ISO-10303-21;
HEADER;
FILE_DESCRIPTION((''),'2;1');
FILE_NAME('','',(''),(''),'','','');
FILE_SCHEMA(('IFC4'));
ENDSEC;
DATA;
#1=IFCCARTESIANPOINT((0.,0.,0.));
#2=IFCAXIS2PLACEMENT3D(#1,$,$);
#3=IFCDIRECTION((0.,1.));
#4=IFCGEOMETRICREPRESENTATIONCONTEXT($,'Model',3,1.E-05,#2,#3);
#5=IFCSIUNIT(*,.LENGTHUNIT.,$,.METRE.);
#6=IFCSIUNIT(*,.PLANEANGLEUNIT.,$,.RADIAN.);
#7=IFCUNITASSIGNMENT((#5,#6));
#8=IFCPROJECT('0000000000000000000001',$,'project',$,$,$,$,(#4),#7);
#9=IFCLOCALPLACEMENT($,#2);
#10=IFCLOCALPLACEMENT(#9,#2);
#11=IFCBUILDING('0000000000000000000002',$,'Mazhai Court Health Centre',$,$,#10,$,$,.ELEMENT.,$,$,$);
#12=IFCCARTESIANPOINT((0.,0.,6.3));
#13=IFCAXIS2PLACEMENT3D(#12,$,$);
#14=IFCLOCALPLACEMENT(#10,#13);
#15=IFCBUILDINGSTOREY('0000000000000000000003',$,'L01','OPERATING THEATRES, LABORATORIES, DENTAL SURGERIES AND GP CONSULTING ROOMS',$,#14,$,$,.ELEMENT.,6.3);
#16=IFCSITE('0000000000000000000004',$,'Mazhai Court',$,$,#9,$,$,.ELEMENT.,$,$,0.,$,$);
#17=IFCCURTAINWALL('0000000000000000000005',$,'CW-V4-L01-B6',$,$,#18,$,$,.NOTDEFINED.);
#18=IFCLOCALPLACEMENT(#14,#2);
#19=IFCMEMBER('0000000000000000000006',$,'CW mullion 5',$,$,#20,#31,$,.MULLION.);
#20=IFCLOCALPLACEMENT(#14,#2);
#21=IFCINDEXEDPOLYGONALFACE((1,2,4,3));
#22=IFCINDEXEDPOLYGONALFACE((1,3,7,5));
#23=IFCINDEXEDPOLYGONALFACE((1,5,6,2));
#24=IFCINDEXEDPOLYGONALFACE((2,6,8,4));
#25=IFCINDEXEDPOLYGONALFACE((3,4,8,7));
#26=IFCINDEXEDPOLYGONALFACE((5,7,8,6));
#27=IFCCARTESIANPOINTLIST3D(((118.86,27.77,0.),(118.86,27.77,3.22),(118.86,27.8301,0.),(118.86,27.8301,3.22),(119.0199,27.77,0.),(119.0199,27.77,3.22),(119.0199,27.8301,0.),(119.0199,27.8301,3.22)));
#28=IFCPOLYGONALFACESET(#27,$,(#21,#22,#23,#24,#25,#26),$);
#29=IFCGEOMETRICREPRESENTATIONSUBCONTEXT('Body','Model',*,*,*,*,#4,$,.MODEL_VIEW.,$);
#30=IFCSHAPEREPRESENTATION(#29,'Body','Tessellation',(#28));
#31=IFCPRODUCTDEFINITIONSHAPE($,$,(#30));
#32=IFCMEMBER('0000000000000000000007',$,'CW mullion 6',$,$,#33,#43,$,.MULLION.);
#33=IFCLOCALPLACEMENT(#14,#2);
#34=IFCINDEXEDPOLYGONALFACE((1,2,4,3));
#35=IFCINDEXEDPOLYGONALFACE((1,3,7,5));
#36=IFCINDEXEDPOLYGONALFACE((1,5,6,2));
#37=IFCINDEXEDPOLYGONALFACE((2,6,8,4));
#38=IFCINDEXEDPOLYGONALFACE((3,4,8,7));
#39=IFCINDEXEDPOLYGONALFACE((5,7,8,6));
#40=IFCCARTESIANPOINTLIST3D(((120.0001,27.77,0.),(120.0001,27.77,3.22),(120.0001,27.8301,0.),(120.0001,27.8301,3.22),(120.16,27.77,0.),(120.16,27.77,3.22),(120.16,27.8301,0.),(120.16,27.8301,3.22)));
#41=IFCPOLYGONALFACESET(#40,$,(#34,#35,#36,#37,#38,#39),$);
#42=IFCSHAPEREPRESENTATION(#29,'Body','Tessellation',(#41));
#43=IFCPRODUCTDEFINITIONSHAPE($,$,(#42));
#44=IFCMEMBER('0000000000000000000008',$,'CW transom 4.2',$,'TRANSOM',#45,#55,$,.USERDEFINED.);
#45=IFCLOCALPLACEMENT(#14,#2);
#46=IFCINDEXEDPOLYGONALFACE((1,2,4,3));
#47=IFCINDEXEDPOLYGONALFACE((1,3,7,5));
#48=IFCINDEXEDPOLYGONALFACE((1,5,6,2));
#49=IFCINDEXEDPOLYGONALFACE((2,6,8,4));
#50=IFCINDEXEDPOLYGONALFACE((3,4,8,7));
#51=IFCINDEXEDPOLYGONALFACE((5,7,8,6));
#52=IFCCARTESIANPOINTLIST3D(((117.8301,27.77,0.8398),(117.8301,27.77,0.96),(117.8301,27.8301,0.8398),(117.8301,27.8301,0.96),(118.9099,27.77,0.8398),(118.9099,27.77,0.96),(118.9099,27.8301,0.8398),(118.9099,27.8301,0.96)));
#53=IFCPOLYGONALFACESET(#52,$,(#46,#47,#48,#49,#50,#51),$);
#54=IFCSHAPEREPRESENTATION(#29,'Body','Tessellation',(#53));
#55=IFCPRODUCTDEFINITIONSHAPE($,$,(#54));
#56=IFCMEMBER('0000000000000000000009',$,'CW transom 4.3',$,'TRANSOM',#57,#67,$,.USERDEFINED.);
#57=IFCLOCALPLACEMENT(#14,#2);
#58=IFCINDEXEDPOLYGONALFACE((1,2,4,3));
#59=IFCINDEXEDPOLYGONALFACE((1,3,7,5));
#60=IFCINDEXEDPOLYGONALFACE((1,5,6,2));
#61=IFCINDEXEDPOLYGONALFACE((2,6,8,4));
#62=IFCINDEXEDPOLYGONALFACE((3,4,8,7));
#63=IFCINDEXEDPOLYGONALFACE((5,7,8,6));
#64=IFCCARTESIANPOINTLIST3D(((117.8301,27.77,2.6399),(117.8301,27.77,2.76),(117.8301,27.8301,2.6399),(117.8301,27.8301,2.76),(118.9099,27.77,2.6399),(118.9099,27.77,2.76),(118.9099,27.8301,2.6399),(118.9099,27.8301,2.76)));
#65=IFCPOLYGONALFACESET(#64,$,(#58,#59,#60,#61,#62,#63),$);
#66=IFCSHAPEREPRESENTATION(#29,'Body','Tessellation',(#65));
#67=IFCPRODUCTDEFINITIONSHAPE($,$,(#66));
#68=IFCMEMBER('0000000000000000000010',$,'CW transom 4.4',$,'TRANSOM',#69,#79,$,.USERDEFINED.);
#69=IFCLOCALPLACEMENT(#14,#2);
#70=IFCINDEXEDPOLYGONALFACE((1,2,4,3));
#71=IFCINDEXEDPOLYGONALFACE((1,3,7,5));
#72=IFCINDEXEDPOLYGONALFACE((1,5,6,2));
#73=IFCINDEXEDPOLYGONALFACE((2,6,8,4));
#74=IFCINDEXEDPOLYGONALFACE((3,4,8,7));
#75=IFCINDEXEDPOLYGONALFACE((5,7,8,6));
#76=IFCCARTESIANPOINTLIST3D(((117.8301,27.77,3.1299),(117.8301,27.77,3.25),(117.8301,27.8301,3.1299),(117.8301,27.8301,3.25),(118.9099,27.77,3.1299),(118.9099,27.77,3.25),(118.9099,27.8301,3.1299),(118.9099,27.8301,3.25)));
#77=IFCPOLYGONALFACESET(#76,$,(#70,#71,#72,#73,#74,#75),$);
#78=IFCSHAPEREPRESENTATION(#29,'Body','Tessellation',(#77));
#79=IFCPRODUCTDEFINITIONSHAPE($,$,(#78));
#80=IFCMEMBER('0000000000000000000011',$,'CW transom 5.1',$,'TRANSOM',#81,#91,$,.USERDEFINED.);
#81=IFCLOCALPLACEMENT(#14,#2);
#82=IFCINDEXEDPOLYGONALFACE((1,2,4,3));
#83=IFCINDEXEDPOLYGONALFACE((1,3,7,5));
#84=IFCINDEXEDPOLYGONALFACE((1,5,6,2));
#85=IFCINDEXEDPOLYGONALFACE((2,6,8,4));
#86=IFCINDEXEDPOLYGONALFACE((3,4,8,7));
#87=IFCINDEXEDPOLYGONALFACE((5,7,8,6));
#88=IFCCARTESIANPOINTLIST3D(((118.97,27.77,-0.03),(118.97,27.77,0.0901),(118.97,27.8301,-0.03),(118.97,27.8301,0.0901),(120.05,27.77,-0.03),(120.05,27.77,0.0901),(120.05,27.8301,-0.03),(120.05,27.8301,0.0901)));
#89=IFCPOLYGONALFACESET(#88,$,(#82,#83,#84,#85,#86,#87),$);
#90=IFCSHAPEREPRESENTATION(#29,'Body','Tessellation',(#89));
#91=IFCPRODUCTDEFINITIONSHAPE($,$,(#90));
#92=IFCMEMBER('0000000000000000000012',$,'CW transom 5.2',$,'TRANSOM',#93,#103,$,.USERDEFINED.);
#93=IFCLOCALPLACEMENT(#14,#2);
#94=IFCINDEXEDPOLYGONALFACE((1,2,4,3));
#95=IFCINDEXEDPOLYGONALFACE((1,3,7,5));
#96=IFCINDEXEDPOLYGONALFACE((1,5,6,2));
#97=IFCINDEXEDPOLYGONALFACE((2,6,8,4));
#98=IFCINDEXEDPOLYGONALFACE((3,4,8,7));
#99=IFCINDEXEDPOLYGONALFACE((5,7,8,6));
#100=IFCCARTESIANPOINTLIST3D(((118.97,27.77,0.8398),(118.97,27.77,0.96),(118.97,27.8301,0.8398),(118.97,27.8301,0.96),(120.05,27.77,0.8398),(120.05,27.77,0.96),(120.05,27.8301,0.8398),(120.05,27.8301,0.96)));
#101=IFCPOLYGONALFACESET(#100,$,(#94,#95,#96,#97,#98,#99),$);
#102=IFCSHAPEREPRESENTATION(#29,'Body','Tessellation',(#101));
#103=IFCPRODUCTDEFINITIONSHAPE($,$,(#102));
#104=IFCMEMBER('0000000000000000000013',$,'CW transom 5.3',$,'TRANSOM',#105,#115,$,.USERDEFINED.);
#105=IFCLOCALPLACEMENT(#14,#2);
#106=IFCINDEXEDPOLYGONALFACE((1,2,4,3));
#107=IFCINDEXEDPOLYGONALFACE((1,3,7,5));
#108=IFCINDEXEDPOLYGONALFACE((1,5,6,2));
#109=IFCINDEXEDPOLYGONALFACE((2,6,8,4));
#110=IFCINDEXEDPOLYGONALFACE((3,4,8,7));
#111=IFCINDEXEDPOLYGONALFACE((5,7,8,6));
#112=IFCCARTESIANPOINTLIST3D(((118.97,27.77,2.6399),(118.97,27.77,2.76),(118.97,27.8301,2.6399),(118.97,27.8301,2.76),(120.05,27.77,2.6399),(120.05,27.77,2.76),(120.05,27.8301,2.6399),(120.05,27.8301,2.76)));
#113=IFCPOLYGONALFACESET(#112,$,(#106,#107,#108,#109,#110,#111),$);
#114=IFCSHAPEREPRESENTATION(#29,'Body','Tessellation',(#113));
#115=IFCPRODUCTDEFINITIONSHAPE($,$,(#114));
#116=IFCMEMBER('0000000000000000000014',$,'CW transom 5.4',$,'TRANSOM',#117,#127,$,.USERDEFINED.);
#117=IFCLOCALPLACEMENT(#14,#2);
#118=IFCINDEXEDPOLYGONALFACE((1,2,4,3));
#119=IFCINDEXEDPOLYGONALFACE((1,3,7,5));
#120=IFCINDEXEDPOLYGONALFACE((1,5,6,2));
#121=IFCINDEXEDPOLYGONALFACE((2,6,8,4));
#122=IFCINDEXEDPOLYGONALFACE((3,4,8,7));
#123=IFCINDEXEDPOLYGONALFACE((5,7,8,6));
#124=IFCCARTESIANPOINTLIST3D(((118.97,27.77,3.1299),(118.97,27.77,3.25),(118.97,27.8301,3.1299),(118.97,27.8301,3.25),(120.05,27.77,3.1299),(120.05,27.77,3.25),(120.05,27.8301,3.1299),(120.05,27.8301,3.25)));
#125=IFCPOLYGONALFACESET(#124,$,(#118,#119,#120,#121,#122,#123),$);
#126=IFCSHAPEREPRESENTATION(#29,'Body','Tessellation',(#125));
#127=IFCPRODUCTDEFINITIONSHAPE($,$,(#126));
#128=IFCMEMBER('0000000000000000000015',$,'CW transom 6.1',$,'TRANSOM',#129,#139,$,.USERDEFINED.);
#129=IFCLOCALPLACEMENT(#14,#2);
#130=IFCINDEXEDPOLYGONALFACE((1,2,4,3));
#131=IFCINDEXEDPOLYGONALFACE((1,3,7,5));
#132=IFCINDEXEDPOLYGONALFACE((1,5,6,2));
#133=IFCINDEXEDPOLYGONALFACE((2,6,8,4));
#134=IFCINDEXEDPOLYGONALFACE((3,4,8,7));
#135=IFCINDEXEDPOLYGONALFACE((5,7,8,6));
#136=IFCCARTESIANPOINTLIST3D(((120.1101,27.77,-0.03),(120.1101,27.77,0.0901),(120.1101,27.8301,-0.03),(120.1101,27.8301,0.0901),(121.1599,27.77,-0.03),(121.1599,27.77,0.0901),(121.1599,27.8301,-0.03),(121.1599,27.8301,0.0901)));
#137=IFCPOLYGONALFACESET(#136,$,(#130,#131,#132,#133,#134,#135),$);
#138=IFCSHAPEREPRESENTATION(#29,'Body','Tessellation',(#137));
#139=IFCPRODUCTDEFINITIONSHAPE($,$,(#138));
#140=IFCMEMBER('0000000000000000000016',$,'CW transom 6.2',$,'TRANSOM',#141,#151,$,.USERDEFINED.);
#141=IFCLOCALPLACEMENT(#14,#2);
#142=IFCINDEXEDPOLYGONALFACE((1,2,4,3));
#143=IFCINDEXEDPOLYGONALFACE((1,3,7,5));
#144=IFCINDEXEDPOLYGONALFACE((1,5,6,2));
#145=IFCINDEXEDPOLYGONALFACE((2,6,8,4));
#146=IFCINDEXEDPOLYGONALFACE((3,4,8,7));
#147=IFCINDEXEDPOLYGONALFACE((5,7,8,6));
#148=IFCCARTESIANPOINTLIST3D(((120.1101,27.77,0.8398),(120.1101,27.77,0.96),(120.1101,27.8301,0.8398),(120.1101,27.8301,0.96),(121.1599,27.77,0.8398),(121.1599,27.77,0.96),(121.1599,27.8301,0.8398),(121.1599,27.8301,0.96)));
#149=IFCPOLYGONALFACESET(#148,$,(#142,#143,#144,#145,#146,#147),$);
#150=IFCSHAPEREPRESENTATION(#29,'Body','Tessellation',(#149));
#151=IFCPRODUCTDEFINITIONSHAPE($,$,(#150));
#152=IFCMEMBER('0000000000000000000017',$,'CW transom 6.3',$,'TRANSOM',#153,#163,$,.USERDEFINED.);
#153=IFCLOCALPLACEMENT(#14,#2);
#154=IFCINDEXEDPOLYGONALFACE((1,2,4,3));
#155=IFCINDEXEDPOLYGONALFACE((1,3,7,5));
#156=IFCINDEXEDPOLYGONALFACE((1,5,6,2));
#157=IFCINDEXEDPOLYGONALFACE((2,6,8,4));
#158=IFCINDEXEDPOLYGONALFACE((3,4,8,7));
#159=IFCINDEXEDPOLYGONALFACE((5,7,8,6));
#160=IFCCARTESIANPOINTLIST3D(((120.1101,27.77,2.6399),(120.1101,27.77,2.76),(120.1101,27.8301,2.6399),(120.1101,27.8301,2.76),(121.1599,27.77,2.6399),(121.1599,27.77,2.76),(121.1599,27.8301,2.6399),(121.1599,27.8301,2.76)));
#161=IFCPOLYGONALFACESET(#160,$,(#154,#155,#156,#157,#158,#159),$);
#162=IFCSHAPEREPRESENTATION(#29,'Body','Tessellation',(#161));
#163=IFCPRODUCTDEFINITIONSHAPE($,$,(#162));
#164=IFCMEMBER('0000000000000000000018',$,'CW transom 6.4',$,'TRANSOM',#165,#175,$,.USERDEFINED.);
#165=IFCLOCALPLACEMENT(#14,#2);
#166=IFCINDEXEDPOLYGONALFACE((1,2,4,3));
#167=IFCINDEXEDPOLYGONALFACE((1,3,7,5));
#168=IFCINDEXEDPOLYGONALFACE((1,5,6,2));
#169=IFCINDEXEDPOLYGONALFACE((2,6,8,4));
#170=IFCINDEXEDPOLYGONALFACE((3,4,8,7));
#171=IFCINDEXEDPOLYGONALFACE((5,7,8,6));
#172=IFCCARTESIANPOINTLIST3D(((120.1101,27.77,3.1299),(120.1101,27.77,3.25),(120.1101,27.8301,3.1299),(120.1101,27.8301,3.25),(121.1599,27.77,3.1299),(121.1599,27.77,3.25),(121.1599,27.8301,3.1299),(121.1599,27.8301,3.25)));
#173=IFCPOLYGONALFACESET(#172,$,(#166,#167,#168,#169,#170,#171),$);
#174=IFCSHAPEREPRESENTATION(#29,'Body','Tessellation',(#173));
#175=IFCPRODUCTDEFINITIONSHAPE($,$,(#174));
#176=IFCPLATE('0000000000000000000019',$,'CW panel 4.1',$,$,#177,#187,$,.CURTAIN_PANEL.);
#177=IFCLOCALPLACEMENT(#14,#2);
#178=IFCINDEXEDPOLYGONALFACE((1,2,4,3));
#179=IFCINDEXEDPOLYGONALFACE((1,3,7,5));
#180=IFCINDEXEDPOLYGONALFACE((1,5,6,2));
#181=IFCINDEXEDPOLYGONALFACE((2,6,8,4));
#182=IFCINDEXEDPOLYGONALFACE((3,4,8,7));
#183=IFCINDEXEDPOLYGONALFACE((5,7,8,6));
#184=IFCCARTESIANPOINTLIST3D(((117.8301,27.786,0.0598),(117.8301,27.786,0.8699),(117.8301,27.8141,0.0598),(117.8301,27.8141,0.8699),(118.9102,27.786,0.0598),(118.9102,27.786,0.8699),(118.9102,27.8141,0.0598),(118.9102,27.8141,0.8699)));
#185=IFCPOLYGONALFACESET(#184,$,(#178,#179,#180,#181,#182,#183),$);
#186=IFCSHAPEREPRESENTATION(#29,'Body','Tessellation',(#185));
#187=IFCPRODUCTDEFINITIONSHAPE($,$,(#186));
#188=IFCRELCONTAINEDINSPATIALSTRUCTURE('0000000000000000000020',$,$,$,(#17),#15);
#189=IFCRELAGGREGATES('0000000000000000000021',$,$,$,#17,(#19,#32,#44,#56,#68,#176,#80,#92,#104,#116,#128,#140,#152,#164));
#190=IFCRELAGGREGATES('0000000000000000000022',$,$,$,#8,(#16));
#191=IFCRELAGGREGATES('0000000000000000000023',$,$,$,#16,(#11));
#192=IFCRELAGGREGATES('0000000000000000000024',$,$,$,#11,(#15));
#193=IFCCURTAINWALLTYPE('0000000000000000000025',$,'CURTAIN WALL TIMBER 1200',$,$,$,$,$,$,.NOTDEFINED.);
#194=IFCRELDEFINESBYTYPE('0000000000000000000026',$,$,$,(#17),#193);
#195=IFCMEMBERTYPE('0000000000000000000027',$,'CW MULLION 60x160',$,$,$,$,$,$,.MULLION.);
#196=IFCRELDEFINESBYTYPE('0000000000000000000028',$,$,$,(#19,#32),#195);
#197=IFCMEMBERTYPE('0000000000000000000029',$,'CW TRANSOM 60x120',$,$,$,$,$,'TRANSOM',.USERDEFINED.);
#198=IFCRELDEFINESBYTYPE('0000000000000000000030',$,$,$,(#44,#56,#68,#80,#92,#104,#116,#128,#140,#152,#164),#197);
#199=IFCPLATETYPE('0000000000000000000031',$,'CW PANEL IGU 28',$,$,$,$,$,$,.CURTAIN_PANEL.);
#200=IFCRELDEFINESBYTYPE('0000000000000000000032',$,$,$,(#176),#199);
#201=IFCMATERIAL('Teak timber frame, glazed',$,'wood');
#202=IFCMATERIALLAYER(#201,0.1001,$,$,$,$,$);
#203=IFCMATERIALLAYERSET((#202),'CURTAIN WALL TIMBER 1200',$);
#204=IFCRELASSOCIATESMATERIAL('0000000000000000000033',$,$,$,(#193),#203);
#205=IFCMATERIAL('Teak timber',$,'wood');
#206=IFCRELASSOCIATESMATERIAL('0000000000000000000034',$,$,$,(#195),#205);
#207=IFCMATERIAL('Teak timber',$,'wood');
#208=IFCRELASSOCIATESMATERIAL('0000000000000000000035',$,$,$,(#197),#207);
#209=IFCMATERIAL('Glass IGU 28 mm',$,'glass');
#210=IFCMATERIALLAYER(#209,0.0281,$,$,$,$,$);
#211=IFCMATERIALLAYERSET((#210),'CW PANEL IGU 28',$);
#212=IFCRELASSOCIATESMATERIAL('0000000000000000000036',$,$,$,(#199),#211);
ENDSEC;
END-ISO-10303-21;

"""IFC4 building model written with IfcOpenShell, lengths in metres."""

from ifc_helpers import new_model, si_unit, direction, frame, origin, origin_2d, place, context, subcontext, project, spatial, rectangle, extrude, material, layer, layer_set, material_profile, profile_set, type_object, element, aggregate, save


model = new_model("IFC4")

# Units and contexts
model_context = context("Model", 3, precision=1e-05, world=origin(), true_north=direction((0.0, 1.0)))
body_context = subcontext(model_context, "Body", "Model", "MODEL_VIEW")
ifc_project = project(units=[si_unit("LENGTHUNIT", "METRE"), si_unit("PLANEANGLEUNIT", "RADIAN")], contexts=[model_context])

# Site, building, storey
site_placement = place(None, origin())
site = spatial("IfcSite", under=ifc_project, at=site_placement, Name="Mazhai Court", CompositionType="ELEMENT", RefElevation=0.0)
building_placement = place(site_placement, origin())
building = spatial("IfcBuilding", under=site, at=building_placement, Name="Mazhai Court Health Centre", CompositionType="ELEMENT")
storey_placement = place(building_placement, frame((0.0, 0.0, 6.3)))
storey = spatial("IfcBuildingStorey", under=building, at=storey_placement, Name="L01", Description="OPERATING THEATRES, LABORATORIES, DENTAL SURGERIES AND GP CONSULTING ROOMS", CompositionType="ELEMENT", Elevation=6.3)

# Curtain wall, members, plate
ifc_material_1 = material(Name="Teak timber frame, glazed", Category="wood")
ifc_layer_1 = layer(ifc_material_1, 0.1001)
ifc_layer_set_1 = layer_set([ifc_layer_1], Name="CURTAIN WALL TIMBER 1200")
curtain_wall_type = type_object("IfcCurtainWallType", Name="CURTAIN WALL TIMBER 1200", PredefinedType="NOTDEFINED", material=ifc_layer_set_1)
curtain_wall_placement = place(storey_placement, origin())
curtain_wall = element("IfcCurtainWall", 1, at=curtain_wall_placement, inside=storey, type_object=curtain_wall_type, Name="CW-V4-L01-B6", PredefinedType="NOTDEFINED")
ifc_material_2 = material(Name="Teak timber", Category="wood")
ifc_material_profile_1 = material_profile(ifc_material_2, rectangle(XDim=0.0601, YDim=0.1599, at=origin_2d()), Name="CW MULLION 60x160")
ifc_profile_set_1 = profile_set([ifc_material_profile_1], Name="Teak timber")
member_type_1 = type_object("IfcMemberType", Name="CW MULLION 60x160", PredefinedType="MULLION", material=ifc_profile_set_1)
member_1_placement = place(storey_placement, frame((118.9399, 27.8, 0.0), z_axis=(0.0, 0.0, 1.0), x_axis=(0.0, 1.0, 0.0)))
member_1 = element("IfcMember", 2, at=member_1_placement, type_object=member_type_1, Name="CW mullion 5", PredefinedType="MULLION", context=body_context, shape_type="SweptSolid", body=[
    extrude(rectangle(XDim=0.0601, YDim=0.1599, at=origin_2d()), origin(), (0.0, 0.0, 1.0), 3.22),
])
member_2_placement = place(storey_placement, frame((120.0801, 27.8, 0.0), z_axis=(0.0, 0.0, 1.0), x_axis=(0.0, 1.0, 0.0)))
member_2 = element("IfcMember", 3, at=member_2_placement, type_object=member_type_1, Name="CW mullion 6", PredefinedType="MULLION", context=body_context, shape_type="SweptSolid", body=[
    extrude(rectangle(XDim=0.0601, YDim=0.1599, at=origin_2d()), origin(), (0.0, 0.0, 1.0), 3.22),
])
ifc_material_3 = material(Name="Teak timber", Category="wood")
ifc_material_profile_2 = material_profile(ifc_material_3, rectangle(XDim=0.0601, YDim=0.1201, at=origin_2d()), Name="CW TRANSOM 60x120")
ifc_profile_set_2 = profile_set([ifc_material_profile_2], Name="Teak timber")
member_type_2 = type_object("IfcMemberType", Name="CW TRANSOM 60x120", ElementType="TRANSOM", PredefinedType="USERDEFINED", material=ifc_profile_set_2)
member_3_placement = place(storey_placement, frame((117.8301, 27.8, 0.8999), z_axis=(1.0, 0.0, 0.0), x_axis=(0.0, 1.0, 0.0)))
member_3 = element("IfcMember", 4, at=member_3_placement, type_object=member_type_2, Name="CW transom 4.2", ObjectType="TRANSOM", PredefinedType="USERDEFINED", context=body_context, shape_type="SweptSolid", body=[
    extrude(rectangle(XDim=0.0601, YDim=0.1201, at=origin_2d()), origin(), (0.0, 0.0, 1.0), 1.0798),
])
member_4_placement = place(storey_placement, frame((117.8301, 27.8, 2.7), z_axis=(1.0, 0.0, 0.0), x_axis=(0.0, 1.0, 0.0)))
member_4 = element("IfcMember", 5, at=member_4_placement, type_object=member_type_2, Name="CW transom 4.3", ObjectType="TRANSOM", PredefinedType="USERDEFINED", context=body_context, shape_type="SweptSolid", body=[
    extrude(rectangle(XDim=0.0601, YDim=0.1201, at=origin_2d()), origin(), (0.0, 0.0, 1.0), 1.0798),
])
member_5_placement = place(storey_placement, frame((117.8301, 27.8, 3.1899), z_axis=(1.0, 0.0, 0.0), x_axis=(0.0, 1.0, 0.0)))
member_5 = element("IfcMember", 6, at=member_5_placement, type_object=member_type_2, Name="CW transom 4.4", ObjectType="TRANSOM", PredefinedType="USERDEFINED", context=body_context, shape_type="SweptSolid", body=[
    extrude(rectangle(XDim=0.0601, YDim=0.1201, at=origin_2d()), origin(), (0.0, 0.0, 1.0), 1.0798),
])
member_6_placement = place(storey_placement, frame((118.97, 27.8, 0.03), z_axis=(1.0, 0.0, 0.0), x_axis=(0.0, 1.0, 0.0)))
member_6 = element("IfcMember", 7, at=member_6_placement, type_object=member_type_2, Name="CW transom 5.1", ObjectType="TRANSOM", PredefinedType="USERDEFINED", context=body_context, shape_type="SweptSolid", body=[
    extrude(rectangle(XDim=0.0601, YDim=0.1201, at=origin_2d()), origin(), (0.0, 0.0, 1.0), 1.0801),
])
member_7_placement = place(storey_placement, frame((118.97, 27.8, 0.8999), z_axis=(1.0, 0.0, 0.0), x_axis=(0.0, 1.0, 0.0)))
member_7 = element("IfcMember", 8, at=member_7_placement, type_object=member_type_2, Name="CW transom 5.2", ObjectType="TRANSOM", PredefinedType="USERDEFINED", context=body_context, shape_type="SweptSolid", body=[
    extrude(rectangle(XDim=0.0601, YDim=0.1201, at=origin_2d()), origin(), (0.0, 0.0, 1.0), 1.0801),
])
member_8_placement = place(storey_placement, frame((118.97, 27.8, 2.7), z_axis=(1.0, 0.0, 0.0), x_axis=(0.0, 1.0, 0.0)))
member_8 = element("IfcMember", 9, at=member_8_placement, type_object=member_type_2, Name="CW transom 5.3", ObjectType="TRANSOM", PredefinedType="USERDEFINED", context=body_context, shape_type="SweptSolid", body=[
    extrude(rectangle(XDim=0.0601, YDim=0.1201, at=origin_2d()), origin(), (0.0, 0.0, 1.0), 1.0801),
])
member_9_placement = place(storey_placement, frame((118.97, 27.8, 3.1899), z_axis=(1.0, 0.0, 0.0), x_axis=(0.0, 1.0, 0.0)))
member_9 = element("IfcMember", 10, at=member_9_placement, type_object=member_type_2, Name="CW transom 5.4", ObjectType="TRANSOM", PredefinedType="USERDEFINED", context=body_context, shape_type="SweptSolid", body=[
    extrude(rectangle(XDim=0.0601, YDim=0.1201, at=origin_2d()), origin(), (0.0, 0.0, 1.0), 1.0801),
])
member_10_placement = place(storey_placement, frame((120.1101, 27.8, 0.03), z_axis=(1.0, 0.0, 0.0), x_axis=(0.0, 1.0, 0.0)))
member_10 = element("IfcMember", 11, at=member_10_placement, type_object=member_type_2, Name="CW transom 6.1", ObjectType="TRANSOM", PredefinedType="USERDEFINED", context=body_context, shape_type="SweptSolid", body=[
    extrude(rectangle(XDim=0.0601, YDim=0.1201, at=origin_2d()), origin(), (0.0, 0.0, 1.0), 1.0498),
])
member_11_placement = place(storey_placement, frame((120.1101, 27.8, 0.8999), z_axis=(1.0, 0.0, 0.0), x_axis=(0.0, 1.0, 0.0)))
member_11 = element("IfcMember", 12, at=member_11_placement, type_object=member_type_2, Name="CW transom 6.2", ObjectType="TRANSOM", PredefinedType="USERDEFINED", context=body_context, shape_type="SweptSolid", body=[
    extrude(rectangle(XDim=0.0601, YDim=0.1201, at=origin_2d()), origin(), (0.0, 0.0, 1.0), 1.0498),
])
member_12_placement = place(storey_placement, frame((120.1101, 27.8, 2.7), z_axis=(1.0, 0.0, 0.0), x_axis=(0.0, 1.0, 0.0)))
member_12 = element("IfcMember", 13, at=member_12_placement, type_object=member_type_2, Name="CW transom 6.3", ObjectType="TRANSOM", PredefinedType="USERDEFINED", context=body_context, shape_type="SweptSolid", body=[
    extrude(rectangle(XDim=0.0601, YDim=0.1201, at=origin_2d()), origin(), (0.0, 0.0, 1.0), 1.0498),
])
member_13_placement = place(storey_placement, frame((120.1101, 27.8, 3.1899), z_axis=(1.0, 0.0, 0.0), x_axis=(0.0, 1.0, 0.0)))
member_13 = element("IfcMember", 14, at=member_13_placement, type_object=member_type_2, Name="CW transom 6.4", ObjectType="TRANSOM", PredefinedType="USERDEFINED", context=body_context, shape_type="SweptSolid", body=[
    extrude(rectangle(XDim=0.0601, YDim=0.1201, at=origin_2d()), origin(), (0.0, 0.0, 1.0), 1.0498),
])
ifc_material_4 = material(Name="Glass IGU 28 mm", Category="glass")
ifc_layer_2 = layer(ifc_material_4, 0.0281)
ifc_layer_set_2 = layer_set([ifc_layer_2], Name="CW PANEL IGU 28")
plate_type = type_object("IfcPlateType", Name="CW PANEL IGU 28", PredefinedType="CURTAIN_PANEL", material=ifc_layer_set_2)
plate_1_placement = place(storey_placement, frame((118.3701, 27.8, 0.0598), z_axis=(0.0, 0.0, 1.0), x_axis=(1.0, 0.0, 0.0)))
plate_1 = element("IfcPlate", 15, at=plate_1_placement, type_object=plate_type, Name="CW panel 4.1", PredefinedType="CURTAIN_PANEL", context=body_context, shape_type="SweptSolid", body=[
    extrude(rectangle(XDim=1.0801, YDim=0.0281, at=origin_2d()), origin(), (0.0, 0.0, 1.0), 0.8101),
])
aggregate(curtain_wall, [member_1, member_2, member_3, member_4, member_5, plate_1, member_6, member_7, member_8, member_9, member_10, member_11, member_12, member_13])

save(model, "model.ifc")
